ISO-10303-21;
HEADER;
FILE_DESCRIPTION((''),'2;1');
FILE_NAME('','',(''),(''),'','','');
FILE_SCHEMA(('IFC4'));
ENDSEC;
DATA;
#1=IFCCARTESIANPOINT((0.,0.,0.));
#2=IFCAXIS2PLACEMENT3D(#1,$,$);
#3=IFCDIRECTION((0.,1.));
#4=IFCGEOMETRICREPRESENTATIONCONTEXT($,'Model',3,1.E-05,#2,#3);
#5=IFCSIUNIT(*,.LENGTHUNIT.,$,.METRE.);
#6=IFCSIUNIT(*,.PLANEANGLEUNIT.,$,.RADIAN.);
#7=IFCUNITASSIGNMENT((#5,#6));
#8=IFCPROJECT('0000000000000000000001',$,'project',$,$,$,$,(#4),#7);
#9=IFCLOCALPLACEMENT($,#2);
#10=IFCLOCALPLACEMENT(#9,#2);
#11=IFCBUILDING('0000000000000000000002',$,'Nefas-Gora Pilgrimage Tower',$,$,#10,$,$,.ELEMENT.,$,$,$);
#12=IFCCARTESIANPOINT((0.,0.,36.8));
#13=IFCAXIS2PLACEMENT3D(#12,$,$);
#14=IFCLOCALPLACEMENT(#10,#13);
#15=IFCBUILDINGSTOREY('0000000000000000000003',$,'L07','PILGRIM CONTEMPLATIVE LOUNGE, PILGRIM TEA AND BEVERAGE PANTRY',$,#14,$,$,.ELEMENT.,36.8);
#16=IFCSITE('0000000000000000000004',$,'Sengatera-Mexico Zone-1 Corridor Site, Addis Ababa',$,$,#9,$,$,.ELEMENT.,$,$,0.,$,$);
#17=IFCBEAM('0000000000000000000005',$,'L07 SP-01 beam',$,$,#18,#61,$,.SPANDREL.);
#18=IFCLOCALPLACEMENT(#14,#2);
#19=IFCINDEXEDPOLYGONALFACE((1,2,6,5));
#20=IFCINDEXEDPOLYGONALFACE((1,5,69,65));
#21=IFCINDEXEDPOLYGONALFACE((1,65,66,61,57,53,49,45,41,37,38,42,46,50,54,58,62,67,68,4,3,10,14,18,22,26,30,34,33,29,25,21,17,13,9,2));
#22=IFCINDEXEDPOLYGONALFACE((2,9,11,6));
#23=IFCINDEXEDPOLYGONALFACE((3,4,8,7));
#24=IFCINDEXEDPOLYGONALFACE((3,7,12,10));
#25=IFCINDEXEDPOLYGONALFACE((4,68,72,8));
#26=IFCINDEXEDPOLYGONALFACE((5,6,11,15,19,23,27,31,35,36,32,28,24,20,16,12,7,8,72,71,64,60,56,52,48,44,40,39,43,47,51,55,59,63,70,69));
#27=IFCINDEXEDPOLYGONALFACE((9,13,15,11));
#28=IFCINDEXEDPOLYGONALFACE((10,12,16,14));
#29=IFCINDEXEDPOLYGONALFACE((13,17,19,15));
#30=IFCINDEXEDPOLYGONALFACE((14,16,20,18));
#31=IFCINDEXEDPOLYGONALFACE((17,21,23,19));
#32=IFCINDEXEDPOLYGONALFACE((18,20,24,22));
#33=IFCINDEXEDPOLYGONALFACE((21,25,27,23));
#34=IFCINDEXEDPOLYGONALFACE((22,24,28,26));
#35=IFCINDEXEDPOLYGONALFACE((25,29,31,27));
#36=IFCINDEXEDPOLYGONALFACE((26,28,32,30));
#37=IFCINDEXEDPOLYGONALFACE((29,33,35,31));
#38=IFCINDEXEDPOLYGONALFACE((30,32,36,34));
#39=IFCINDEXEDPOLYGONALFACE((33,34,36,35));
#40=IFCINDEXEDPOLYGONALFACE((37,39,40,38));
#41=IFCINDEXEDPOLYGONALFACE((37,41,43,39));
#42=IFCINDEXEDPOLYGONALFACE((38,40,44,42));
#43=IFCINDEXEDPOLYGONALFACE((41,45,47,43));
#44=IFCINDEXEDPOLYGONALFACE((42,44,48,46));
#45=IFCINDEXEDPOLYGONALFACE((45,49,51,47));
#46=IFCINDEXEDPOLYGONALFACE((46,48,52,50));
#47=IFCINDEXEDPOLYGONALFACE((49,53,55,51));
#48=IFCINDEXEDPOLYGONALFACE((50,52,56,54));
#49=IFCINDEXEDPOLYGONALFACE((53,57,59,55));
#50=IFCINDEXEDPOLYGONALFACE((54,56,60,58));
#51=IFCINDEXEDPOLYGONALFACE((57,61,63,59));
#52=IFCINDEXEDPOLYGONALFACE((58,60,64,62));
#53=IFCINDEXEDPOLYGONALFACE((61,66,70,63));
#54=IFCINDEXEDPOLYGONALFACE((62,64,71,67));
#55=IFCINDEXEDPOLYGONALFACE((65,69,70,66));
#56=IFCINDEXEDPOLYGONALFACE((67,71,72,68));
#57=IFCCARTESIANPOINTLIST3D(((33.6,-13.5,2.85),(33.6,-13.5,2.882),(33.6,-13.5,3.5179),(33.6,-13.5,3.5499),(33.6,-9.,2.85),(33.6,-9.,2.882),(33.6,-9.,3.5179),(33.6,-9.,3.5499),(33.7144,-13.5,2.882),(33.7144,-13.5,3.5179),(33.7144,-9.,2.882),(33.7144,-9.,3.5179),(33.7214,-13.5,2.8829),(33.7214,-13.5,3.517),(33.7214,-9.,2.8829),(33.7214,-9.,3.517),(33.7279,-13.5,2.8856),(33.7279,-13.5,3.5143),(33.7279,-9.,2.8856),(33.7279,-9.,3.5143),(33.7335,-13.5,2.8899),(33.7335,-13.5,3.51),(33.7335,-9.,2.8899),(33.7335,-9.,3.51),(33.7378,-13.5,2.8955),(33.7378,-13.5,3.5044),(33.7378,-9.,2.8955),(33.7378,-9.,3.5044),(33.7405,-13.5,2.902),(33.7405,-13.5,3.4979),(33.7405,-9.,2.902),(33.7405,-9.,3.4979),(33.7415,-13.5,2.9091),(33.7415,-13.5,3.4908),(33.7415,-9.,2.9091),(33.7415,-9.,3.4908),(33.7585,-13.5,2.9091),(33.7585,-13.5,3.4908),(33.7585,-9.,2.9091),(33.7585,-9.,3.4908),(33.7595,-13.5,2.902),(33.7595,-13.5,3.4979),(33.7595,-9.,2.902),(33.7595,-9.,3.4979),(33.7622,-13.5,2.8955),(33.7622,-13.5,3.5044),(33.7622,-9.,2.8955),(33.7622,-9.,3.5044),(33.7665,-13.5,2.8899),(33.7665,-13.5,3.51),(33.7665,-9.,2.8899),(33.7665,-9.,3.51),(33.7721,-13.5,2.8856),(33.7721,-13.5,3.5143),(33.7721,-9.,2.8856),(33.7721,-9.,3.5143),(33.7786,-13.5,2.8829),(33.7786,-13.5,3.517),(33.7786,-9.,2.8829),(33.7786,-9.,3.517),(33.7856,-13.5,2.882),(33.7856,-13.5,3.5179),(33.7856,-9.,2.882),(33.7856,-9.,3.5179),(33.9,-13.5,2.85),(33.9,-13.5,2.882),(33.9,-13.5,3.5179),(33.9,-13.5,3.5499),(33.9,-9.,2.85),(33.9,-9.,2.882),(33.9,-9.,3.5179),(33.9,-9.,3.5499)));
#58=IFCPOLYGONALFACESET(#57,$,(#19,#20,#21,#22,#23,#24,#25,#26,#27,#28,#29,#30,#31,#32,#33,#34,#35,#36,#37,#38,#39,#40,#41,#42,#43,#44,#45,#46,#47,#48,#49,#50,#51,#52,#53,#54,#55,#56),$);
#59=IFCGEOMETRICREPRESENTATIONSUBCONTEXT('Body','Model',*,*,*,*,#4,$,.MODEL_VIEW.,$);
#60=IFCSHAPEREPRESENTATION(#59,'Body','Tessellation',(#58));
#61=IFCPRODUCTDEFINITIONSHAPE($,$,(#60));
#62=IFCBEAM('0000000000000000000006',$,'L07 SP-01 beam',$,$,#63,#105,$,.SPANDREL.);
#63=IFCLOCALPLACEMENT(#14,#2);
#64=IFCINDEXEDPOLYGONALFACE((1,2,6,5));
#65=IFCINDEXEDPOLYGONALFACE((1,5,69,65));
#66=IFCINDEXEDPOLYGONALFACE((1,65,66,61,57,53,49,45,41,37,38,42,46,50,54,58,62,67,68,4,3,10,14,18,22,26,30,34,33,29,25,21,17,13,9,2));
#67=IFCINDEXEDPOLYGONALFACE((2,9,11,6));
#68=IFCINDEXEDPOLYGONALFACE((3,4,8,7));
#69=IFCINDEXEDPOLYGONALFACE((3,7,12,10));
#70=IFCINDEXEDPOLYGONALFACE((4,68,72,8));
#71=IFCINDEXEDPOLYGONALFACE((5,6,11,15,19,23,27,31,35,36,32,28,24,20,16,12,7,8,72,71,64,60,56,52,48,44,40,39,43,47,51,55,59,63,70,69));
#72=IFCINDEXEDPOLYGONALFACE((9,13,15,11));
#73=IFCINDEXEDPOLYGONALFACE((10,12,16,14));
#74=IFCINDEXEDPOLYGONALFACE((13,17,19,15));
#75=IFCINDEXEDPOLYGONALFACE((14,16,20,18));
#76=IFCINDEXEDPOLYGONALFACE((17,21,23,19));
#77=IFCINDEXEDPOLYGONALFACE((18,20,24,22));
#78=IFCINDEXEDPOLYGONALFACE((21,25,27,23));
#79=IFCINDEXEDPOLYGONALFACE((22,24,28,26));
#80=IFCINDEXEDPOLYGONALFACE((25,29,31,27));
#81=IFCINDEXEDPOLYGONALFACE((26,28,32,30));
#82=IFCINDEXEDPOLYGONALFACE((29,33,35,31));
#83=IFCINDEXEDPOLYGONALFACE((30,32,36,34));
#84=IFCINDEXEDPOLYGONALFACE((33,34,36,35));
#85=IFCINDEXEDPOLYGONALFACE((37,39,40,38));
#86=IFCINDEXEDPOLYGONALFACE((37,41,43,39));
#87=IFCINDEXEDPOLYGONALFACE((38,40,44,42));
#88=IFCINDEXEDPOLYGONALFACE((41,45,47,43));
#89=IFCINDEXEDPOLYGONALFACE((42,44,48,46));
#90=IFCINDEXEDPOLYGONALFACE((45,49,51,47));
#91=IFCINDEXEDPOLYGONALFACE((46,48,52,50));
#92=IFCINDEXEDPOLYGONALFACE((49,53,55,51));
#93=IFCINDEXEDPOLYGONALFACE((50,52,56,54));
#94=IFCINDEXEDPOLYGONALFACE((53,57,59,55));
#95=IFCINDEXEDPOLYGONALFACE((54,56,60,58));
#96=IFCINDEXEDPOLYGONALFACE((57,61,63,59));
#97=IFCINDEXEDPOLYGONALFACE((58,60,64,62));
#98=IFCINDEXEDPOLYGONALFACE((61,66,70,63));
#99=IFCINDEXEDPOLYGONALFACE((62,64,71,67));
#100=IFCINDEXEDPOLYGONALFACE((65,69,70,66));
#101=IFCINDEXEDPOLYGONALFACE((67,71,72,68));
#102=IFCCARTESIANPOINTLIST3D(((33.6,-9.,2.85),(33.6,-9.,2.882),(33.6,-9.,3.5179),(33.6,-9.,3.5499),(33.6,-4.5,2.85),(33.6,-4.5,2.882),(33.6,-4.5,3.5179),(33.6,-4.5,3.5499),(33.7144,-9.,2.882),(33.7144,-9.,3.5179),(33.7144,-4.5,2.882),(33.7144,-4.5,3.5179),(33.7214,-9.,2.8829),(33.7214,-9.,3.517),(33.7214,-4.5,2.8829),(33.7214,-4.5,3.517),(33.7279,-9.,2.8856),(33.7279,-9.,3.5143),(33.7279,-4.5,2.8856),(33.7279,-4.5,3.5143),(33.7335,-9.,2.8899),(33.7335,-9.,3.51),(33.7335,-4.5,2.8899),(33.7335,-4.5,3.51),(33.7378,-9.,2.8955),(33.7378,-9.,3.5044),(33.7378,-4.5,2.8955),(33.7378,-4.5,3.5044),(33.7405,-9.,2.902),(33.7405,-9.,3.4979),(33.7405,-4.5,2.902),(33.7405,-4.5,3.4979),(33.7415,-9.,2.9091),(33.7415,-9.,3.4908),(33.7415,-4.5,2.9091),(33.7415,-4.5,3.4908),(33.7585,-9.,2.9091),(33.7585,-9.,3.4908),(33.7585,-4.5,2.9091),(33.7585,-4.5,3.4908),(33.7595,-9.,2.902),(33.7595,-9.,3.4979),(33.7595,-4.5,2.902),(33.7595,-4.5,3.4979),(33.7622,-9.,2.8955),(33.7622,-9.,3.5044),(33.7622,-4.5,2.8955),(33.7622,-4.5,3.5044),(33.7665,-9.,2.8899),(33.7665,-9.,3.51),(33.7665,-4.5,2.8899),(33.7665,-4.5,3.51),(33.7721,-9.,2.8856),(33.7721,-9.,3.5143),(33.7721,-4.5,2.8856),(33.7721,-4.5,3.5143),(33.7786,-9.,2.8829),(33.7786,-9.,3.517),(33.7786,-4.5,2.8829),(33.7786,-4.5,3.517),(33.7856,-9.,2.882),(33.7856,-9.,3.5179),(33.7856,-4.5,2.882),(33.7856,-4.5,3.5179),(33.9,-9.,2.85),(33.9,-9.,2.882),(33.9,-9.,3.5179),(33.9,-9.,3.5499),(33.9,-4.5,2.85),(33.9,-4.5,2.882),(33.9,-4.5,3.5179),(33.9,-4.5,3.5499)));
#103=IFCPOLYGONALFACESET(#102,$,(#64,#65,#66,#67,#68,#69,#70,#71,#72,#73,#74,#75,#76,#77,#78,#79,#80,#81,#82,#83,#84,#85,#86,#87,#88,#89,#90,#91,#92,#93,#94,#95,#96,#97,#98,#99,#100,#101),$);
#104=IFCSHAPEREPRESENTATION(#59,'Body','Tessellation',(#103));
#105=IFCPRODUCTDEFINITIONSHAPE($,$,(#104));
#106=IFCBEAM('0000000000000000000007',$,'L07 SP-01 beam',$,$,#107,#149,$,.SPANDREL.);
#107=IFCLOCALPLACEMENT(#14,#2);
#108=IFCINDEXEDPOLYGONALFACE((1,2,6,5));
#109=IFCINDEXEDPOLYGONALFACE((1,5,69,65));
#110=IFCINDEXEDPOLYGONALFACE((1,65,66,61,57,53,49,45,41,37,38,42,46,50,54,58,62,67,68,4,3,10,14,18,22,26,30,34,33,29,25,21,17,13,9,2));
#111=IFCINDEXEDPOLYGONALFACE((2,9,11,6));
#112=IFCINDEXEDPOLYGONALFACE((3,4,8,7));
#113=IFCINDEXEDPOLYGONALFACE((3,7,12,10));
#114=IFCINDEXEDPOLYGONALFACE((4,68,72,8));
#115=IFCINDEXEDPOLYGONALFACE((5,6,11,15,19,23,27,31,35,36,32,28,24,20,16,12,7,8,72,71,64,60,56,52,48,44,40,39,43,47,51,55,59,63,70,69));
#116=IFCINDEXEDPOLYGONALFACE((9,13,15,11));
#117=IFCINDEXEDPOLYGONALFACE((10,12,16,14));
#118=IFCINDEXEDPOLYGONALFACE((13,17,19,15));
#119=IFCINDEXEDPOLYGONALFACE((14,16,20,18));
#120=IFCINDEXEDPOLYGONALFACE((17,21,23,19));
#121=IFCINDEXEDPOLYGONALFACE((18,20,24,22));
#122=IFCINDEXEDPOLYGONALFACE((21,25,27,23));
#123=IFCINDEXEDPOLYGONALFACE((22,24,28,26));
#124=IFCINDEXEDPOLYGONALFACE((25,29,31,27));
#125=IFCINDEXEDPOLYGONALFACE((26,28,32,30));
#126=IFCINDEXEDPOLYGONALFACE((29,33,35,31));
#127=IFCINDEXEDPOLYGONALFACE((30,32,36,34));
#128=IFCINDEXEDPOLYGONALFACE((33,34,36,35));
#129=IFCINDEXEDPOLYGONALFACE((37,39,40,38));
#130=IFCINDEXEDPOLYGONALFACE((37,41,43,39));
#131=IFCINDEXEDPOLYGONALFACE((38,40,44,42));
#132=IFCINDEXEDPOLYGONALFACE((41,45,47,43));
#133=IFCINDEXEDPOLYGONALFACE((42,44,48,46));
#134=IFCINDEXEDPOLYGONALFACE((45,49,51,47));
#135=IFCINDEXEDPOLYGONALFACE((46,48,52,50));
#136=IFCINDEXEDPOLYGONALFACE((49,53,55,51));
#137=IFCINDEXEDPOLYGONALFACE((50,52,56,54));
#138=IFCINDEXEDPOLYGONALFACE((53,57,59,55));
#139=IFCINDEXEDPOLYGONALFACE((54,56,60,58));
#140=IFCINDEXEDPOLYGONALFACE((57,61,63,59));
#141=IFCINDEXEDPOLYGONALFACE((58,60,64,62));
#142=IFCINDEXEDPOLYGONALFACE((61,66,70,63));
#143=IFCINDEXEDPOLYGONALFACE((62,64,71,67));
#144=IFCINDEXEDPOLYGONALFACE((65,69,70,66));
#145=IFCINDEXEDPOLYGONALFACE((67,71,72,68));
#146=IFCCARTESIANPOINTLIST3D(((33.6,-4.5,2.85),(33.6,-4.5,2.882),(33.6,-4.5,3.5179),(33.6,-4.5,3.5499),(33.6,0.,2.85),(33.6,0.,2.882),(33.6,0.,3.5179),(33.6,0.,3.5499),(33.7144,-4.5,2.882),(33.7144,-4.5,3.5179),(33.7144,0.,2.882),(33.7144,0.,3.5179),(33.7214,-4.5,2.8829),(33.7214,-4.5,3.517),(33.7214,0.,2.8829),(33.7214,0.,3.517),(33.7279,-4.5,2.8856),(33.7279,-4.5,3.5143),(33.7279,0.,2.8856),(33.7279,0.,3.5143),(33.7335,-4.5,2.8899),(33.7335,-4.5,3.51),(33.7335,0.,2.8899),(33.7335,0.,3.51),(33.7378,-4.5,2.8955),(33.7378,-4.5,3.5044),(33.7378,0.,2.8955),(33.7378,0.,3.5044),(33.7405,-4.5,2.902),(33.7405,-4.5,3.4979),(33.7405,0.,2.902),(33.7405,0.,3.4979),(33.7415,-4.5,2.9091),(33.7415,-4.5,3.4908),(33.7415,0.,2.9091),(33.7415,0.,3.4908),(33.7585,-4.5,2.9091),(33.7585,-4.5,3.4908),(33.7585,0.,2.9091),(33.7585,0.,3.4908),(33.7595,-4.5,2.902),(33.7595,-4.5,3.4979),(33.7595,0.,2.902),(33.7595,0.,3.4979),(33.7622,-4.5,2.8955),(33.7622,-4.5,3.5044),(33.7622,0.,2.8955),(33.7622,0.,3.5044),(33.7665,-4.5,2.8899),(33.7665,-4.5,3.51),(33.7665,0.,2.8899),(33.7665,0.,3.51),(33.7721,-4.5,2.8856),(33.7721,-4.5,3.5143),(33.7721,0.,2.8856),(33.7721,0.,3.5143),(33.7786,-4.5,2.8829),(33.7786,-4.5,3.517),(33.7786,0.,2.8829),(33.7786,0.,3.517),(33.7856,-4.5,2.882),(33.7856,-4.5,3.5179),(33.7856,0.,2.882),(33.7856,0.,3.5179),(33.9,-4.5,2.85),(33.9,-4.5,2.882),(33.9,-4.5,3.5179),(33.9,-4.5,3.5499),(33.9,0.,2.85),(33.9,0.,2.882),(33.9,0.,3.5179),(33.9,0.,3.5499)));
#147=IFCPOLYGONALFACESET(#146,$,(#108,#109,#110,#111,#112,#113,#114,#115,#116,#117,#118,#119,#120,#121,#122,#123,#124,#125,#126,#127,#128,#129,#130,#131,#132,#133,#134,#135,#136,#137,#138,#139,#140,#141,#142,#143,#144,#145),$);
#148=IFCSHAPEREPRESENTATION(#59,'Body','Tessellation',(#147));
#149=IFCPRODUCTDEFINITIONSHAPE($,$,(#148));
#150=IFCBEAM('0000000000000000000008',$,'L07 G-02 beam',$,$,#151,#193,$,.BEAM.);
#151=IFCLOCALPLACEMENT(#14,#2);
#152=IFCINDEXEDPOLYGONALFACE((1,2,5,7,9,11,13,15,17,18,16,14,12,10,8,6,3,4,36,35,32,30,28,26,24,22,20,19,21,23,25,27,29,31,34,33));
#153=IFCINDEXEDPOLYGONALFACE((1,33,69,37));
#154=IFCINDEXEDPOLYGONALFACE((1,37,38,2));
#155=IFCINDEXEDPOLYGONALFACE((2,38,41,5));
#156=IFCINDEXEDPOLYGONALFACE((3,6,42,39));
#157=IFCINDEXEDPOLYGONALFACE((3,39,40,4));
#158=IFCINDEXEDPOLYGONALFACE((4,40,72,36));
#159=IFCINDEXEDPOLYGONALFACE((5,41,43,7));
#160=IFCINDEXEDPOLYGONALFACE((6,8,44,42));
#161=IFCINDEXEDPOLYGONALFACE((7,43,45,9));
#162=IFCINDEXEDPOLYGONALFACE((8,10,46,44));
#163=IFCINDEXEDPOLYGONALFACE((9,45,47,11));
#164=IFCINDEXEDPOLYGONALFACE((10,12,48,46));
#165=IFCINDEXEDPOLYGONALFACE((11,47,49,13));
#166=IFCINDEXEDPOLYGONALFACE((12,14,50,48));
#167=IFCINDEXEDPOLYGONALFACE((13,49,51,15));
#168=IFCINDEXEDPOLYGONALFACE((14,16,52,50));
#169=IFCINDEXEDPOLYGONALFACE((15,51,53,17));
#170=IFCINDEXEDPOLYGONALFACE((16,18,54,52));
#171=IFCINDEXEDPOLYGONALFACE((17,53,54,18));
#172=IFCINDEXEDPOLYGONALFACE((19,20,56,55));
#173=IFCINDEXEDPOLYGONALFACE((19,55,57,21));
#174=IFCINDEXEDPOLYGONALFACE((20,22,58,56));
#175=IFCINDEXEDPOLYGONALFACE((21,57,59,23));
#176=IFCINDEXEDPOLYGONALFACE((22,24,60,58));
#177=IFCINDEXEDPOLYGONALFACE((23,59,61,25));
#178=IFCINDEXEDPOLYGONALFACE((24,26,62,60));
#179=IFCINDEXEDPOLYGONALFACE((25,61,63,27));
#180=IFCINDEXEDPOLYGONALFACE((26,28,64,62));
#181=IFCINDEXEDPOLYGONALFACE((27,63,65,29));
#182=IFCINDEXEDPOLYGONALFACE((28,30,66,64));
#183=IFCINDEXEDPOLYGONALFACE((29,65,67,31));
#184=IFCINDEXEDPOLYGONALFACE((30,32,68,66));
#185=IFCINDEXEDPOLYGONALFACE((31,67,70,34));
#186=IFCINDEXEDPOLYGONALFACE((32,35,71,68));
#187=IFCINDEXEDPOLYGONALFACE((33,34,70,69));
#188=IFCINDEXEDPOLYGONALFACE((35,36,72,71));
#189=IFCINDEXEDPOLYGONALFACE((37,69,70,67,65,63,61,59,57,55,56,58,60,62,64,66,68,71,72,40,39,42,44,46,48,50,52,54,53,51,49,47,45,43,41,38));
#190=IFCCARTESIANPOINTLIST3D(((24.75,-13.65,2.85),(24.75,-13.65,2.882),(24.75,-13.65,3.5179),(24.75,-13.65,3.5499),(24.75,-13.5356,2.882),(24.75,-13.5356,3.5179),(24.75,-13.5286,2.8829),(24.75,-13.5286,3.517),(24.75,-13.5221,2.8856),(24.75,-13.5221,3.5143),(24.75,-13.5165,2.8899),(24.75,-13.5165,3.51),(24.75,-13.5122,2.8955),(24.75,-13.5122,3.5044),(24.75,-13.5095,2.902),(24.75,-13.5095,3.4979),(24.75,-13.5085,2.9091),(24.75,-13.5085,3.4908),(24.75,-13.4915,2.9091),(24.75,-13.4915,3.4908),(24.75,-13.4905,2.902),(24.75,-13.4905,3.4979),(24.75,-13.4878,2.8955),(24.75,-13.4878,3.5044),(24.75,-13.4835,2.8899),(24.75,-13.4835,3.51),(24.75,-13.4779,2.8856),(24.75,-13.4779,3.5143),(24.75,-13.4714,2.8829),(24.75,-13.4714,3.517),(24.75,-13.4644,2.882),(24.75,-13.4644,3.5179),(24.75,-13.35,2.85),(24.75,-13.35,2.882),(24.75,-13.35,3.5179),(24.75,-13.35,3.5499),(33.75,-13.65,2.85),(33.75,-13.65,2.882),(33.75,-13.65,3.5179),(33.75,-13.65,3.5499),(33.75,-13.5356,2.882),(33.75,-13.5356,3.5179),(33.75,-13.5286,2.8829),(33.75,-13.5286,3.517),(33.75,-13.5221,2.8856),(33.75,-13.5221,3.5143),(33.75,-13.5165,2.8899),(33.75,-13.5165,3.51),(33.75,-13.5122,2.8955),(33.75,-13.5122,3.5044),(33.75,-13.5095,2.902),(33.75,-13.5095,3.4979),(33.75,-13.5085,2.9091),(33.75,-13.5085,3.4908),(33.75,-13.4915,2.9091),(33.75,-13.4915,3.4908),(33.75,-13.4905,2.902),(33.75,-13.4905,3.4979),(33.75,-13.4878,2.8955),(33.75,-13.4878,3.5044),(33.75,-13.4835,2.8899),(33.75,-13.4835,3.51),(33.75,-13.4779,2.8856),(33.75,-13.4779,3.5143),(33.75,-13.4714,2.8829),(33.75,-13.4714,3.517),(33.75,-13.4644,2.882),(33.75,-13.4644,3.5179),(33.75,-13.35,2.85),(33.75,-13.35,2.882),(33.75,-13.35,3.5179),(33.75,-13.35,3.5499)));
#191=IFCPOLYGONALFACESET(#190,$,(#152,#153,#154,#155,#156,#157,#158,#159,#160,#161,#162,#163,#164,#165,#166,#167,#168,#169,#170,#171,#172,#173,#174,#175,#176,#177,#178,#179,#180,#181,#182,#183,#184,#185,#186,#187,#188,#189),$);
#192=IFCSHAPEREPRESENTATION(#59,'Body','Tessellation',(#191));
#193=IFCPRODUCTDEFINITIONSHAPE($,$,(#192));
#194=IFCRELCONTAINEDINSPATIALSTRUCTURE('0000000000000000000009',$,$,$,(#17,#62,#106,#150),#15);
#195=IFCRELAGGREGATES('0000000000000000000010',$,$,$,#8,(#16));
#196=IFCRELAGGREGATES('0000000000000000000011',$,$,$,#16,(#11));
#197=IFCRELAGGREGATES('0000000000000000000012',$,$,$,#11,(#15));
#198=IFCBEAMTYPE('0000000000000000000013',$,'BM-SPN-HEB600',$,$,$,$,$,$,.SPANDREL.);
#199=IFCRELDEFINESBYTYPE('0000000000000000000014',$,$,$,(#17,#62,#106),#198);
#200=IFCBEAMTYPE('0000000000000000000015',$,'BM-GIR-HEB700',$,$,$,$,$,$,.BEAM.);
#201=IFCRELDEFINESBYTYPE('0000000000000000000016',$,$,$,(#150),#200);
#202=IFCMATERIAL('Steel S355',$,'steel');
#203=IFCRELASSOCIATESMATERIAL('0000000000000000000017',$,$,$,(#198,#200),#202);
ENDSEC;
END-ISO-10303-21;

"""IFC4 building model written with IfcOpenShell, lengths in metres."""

from ifc_helpers import new_model, si_unit, direction, frame, origin, origin_2d, place, context, subcontext, project, spatial, i_section, extrude, source, transform, mapped, material, material_profile, profile_set, type_object, element, save


model = new_model("IFC4")

# Units and contexts
model_context = context("Model", 3, precision=1e-05, world=origin(), true_north=direction((0.0, 1.0)))
body_context = subcontext(model_context, "Body", "Model", "MODEL_VIEW")
ifc_project = project(units=[si_unit("LENGTHUNIT", "METRE"), si_unit("PLANEANGLEUNIT", "RADIAN")], contexts=[model_context])

# Site, building, storey
site_placement = place(None, origin())
site = spatial("IfcSite", under=ifc_project, at=site_placement, Name="Sengatera-Mexico Zone-1 Corridor Site, Addis Ababa", CompositionType="ELEMENT", RefElevation=0.0)
building_placement = place(site_placement, origin())
building = spatial("IfcBuilding", under=site, at=building_placement, Name="Nefas-Gora Pilgrimage Tower", CompositionType="ELEMENT")
storey_placement = place(building_placement, frame((0.0, 0.0, 36.8)))
storey = spatial("IfcBuildingStorey", under=building, at=storey_placement, Name="L07", Description="PILGRIM CONTEMPLATIVE LOUNGE, PILGRIM TEA AND BEVERAGE PANTRY", CompositionType="ELEMENT", Elevation=36.8)

# Beams
ifc_material_1 = material(Name="Steel S355", Category="steel")
ifc_material_profile_1 = material_profile(ifc_material_1, i_section(OverallWidth=0.3, OverallDepth=0.7, WebThickness=0.0171, FlangeThickness=0.032, FilletRadius=0.0271, at=origin_2d()), Name="HEB 700")
ifc_profile_set_1 = profile_set([ifc_material_profile_1], Name="Steel S355")
beam_type_1 = type_object("IfcBeamType", Name="BM-SPN-HEB600", PredefinedType="SPANDREL", material=ifc_profile_set_1)
shared_shape_1 = source(origin(), body_context, "Body", "SweptSolid", [
    extrude(i_section(OverallWidth=0.3, OverallDepth=0.7, WebThickness=0.0171, FlangeThickness=0.032, FilletRadius=0.0271, at=origin_2d()), origin(), (0.0, 0.0, 1.0), 4.5),
])
for number, where, z_axis, x_axis, name in (
    (1, (33.75, -13.5, 3.2), (0.0, 1.0, 0.0), (-1.0, 0.0, 0.0), "L07 SP-01 beam"),
    (2, (33.75, -9.0, 3.2), (0.0, 1.0, 0.0), (-1.0, 0.0, 0.0), "L07 SP-01 beam"),
    (3, (33.75, -4.5, 3.2), (0.0, 1.0, 0.0), (-1.0, 0.0, 0.0), "L07 SP-01 beam"),
):
    element("IfcBeam", number, at=place(storey_placement, frame(where, z_axis=z_axis, x_axis=x_axis)), inside=storey, type_object=beam_type_1, Name=name, PredefinedType="SPANDREL", context=body_context, shape_type="MappedRepresentation", body=[
        mapped(shared_shape_1, transform((0.0, 0.0, 0.0), x_axis=(1.0, 0.0, 0.0), y_axis=(0.0, 1.0, 0.0), z_axis=(0.0, 0.0, 1.0), scale=1.0)),
    ])
ifc_material_profile_2 = material_profile(ifc_material_1, i_section(OverallWidth=0.3, OverallDepth=0.7, WebThickness=0.0171, FlangeThickness=0.032, FilletRadius=0.0271, at=origin_2d()), Name="HEB 700")
ifc_profile_set_2 = profile_set([ifc_material_profile_2], Name="Steel S355")
beam_type_2 = type_object("IfcBeamType", Name="BM-GIR-HEB700", PredefinedType="BEAM", material=ifc_profile_set_2)
shared_shape_2 = source(origin(), body_context, "Body", "SweptSolid", [
    extrude(i_section(OverallWidth=0.3, OverallDepth=0.7, WebThickness=0.0171, FlangeThickness=0.032, FilletRadius=0.0271, at=origin_2d()), origin(), (0.0, 0.0, 1.0), 9.0),
])
for number, where, z_axis, x_axis, name in (
    (4, (24.75, -13.5, 3.2), (1.0, 0.0, 0.0), (0.0, 1.0, 0.0), "L07 G-02 beam"),
):
    element("IfcBeam", number, at=place(storey_placement, frame(where, z_axis=z_axis, x_axis=x_axis)), inside=storey, type_object=beam_type_2, Name=name, PredefinedType="BEAM", context=body_context, shape_type="MappedRepresentation", body=[
        mapped(shared_shape_2, transform((0.0, 0.0, 0.0), x_axis=(1.0, 0.0, 0.0), y_axis=(0.0, 1.0, 0.0), z_axis=(0.0, 0.0, 1.0), scale=1.0)),
    ])

save(model, "model.ifc")
